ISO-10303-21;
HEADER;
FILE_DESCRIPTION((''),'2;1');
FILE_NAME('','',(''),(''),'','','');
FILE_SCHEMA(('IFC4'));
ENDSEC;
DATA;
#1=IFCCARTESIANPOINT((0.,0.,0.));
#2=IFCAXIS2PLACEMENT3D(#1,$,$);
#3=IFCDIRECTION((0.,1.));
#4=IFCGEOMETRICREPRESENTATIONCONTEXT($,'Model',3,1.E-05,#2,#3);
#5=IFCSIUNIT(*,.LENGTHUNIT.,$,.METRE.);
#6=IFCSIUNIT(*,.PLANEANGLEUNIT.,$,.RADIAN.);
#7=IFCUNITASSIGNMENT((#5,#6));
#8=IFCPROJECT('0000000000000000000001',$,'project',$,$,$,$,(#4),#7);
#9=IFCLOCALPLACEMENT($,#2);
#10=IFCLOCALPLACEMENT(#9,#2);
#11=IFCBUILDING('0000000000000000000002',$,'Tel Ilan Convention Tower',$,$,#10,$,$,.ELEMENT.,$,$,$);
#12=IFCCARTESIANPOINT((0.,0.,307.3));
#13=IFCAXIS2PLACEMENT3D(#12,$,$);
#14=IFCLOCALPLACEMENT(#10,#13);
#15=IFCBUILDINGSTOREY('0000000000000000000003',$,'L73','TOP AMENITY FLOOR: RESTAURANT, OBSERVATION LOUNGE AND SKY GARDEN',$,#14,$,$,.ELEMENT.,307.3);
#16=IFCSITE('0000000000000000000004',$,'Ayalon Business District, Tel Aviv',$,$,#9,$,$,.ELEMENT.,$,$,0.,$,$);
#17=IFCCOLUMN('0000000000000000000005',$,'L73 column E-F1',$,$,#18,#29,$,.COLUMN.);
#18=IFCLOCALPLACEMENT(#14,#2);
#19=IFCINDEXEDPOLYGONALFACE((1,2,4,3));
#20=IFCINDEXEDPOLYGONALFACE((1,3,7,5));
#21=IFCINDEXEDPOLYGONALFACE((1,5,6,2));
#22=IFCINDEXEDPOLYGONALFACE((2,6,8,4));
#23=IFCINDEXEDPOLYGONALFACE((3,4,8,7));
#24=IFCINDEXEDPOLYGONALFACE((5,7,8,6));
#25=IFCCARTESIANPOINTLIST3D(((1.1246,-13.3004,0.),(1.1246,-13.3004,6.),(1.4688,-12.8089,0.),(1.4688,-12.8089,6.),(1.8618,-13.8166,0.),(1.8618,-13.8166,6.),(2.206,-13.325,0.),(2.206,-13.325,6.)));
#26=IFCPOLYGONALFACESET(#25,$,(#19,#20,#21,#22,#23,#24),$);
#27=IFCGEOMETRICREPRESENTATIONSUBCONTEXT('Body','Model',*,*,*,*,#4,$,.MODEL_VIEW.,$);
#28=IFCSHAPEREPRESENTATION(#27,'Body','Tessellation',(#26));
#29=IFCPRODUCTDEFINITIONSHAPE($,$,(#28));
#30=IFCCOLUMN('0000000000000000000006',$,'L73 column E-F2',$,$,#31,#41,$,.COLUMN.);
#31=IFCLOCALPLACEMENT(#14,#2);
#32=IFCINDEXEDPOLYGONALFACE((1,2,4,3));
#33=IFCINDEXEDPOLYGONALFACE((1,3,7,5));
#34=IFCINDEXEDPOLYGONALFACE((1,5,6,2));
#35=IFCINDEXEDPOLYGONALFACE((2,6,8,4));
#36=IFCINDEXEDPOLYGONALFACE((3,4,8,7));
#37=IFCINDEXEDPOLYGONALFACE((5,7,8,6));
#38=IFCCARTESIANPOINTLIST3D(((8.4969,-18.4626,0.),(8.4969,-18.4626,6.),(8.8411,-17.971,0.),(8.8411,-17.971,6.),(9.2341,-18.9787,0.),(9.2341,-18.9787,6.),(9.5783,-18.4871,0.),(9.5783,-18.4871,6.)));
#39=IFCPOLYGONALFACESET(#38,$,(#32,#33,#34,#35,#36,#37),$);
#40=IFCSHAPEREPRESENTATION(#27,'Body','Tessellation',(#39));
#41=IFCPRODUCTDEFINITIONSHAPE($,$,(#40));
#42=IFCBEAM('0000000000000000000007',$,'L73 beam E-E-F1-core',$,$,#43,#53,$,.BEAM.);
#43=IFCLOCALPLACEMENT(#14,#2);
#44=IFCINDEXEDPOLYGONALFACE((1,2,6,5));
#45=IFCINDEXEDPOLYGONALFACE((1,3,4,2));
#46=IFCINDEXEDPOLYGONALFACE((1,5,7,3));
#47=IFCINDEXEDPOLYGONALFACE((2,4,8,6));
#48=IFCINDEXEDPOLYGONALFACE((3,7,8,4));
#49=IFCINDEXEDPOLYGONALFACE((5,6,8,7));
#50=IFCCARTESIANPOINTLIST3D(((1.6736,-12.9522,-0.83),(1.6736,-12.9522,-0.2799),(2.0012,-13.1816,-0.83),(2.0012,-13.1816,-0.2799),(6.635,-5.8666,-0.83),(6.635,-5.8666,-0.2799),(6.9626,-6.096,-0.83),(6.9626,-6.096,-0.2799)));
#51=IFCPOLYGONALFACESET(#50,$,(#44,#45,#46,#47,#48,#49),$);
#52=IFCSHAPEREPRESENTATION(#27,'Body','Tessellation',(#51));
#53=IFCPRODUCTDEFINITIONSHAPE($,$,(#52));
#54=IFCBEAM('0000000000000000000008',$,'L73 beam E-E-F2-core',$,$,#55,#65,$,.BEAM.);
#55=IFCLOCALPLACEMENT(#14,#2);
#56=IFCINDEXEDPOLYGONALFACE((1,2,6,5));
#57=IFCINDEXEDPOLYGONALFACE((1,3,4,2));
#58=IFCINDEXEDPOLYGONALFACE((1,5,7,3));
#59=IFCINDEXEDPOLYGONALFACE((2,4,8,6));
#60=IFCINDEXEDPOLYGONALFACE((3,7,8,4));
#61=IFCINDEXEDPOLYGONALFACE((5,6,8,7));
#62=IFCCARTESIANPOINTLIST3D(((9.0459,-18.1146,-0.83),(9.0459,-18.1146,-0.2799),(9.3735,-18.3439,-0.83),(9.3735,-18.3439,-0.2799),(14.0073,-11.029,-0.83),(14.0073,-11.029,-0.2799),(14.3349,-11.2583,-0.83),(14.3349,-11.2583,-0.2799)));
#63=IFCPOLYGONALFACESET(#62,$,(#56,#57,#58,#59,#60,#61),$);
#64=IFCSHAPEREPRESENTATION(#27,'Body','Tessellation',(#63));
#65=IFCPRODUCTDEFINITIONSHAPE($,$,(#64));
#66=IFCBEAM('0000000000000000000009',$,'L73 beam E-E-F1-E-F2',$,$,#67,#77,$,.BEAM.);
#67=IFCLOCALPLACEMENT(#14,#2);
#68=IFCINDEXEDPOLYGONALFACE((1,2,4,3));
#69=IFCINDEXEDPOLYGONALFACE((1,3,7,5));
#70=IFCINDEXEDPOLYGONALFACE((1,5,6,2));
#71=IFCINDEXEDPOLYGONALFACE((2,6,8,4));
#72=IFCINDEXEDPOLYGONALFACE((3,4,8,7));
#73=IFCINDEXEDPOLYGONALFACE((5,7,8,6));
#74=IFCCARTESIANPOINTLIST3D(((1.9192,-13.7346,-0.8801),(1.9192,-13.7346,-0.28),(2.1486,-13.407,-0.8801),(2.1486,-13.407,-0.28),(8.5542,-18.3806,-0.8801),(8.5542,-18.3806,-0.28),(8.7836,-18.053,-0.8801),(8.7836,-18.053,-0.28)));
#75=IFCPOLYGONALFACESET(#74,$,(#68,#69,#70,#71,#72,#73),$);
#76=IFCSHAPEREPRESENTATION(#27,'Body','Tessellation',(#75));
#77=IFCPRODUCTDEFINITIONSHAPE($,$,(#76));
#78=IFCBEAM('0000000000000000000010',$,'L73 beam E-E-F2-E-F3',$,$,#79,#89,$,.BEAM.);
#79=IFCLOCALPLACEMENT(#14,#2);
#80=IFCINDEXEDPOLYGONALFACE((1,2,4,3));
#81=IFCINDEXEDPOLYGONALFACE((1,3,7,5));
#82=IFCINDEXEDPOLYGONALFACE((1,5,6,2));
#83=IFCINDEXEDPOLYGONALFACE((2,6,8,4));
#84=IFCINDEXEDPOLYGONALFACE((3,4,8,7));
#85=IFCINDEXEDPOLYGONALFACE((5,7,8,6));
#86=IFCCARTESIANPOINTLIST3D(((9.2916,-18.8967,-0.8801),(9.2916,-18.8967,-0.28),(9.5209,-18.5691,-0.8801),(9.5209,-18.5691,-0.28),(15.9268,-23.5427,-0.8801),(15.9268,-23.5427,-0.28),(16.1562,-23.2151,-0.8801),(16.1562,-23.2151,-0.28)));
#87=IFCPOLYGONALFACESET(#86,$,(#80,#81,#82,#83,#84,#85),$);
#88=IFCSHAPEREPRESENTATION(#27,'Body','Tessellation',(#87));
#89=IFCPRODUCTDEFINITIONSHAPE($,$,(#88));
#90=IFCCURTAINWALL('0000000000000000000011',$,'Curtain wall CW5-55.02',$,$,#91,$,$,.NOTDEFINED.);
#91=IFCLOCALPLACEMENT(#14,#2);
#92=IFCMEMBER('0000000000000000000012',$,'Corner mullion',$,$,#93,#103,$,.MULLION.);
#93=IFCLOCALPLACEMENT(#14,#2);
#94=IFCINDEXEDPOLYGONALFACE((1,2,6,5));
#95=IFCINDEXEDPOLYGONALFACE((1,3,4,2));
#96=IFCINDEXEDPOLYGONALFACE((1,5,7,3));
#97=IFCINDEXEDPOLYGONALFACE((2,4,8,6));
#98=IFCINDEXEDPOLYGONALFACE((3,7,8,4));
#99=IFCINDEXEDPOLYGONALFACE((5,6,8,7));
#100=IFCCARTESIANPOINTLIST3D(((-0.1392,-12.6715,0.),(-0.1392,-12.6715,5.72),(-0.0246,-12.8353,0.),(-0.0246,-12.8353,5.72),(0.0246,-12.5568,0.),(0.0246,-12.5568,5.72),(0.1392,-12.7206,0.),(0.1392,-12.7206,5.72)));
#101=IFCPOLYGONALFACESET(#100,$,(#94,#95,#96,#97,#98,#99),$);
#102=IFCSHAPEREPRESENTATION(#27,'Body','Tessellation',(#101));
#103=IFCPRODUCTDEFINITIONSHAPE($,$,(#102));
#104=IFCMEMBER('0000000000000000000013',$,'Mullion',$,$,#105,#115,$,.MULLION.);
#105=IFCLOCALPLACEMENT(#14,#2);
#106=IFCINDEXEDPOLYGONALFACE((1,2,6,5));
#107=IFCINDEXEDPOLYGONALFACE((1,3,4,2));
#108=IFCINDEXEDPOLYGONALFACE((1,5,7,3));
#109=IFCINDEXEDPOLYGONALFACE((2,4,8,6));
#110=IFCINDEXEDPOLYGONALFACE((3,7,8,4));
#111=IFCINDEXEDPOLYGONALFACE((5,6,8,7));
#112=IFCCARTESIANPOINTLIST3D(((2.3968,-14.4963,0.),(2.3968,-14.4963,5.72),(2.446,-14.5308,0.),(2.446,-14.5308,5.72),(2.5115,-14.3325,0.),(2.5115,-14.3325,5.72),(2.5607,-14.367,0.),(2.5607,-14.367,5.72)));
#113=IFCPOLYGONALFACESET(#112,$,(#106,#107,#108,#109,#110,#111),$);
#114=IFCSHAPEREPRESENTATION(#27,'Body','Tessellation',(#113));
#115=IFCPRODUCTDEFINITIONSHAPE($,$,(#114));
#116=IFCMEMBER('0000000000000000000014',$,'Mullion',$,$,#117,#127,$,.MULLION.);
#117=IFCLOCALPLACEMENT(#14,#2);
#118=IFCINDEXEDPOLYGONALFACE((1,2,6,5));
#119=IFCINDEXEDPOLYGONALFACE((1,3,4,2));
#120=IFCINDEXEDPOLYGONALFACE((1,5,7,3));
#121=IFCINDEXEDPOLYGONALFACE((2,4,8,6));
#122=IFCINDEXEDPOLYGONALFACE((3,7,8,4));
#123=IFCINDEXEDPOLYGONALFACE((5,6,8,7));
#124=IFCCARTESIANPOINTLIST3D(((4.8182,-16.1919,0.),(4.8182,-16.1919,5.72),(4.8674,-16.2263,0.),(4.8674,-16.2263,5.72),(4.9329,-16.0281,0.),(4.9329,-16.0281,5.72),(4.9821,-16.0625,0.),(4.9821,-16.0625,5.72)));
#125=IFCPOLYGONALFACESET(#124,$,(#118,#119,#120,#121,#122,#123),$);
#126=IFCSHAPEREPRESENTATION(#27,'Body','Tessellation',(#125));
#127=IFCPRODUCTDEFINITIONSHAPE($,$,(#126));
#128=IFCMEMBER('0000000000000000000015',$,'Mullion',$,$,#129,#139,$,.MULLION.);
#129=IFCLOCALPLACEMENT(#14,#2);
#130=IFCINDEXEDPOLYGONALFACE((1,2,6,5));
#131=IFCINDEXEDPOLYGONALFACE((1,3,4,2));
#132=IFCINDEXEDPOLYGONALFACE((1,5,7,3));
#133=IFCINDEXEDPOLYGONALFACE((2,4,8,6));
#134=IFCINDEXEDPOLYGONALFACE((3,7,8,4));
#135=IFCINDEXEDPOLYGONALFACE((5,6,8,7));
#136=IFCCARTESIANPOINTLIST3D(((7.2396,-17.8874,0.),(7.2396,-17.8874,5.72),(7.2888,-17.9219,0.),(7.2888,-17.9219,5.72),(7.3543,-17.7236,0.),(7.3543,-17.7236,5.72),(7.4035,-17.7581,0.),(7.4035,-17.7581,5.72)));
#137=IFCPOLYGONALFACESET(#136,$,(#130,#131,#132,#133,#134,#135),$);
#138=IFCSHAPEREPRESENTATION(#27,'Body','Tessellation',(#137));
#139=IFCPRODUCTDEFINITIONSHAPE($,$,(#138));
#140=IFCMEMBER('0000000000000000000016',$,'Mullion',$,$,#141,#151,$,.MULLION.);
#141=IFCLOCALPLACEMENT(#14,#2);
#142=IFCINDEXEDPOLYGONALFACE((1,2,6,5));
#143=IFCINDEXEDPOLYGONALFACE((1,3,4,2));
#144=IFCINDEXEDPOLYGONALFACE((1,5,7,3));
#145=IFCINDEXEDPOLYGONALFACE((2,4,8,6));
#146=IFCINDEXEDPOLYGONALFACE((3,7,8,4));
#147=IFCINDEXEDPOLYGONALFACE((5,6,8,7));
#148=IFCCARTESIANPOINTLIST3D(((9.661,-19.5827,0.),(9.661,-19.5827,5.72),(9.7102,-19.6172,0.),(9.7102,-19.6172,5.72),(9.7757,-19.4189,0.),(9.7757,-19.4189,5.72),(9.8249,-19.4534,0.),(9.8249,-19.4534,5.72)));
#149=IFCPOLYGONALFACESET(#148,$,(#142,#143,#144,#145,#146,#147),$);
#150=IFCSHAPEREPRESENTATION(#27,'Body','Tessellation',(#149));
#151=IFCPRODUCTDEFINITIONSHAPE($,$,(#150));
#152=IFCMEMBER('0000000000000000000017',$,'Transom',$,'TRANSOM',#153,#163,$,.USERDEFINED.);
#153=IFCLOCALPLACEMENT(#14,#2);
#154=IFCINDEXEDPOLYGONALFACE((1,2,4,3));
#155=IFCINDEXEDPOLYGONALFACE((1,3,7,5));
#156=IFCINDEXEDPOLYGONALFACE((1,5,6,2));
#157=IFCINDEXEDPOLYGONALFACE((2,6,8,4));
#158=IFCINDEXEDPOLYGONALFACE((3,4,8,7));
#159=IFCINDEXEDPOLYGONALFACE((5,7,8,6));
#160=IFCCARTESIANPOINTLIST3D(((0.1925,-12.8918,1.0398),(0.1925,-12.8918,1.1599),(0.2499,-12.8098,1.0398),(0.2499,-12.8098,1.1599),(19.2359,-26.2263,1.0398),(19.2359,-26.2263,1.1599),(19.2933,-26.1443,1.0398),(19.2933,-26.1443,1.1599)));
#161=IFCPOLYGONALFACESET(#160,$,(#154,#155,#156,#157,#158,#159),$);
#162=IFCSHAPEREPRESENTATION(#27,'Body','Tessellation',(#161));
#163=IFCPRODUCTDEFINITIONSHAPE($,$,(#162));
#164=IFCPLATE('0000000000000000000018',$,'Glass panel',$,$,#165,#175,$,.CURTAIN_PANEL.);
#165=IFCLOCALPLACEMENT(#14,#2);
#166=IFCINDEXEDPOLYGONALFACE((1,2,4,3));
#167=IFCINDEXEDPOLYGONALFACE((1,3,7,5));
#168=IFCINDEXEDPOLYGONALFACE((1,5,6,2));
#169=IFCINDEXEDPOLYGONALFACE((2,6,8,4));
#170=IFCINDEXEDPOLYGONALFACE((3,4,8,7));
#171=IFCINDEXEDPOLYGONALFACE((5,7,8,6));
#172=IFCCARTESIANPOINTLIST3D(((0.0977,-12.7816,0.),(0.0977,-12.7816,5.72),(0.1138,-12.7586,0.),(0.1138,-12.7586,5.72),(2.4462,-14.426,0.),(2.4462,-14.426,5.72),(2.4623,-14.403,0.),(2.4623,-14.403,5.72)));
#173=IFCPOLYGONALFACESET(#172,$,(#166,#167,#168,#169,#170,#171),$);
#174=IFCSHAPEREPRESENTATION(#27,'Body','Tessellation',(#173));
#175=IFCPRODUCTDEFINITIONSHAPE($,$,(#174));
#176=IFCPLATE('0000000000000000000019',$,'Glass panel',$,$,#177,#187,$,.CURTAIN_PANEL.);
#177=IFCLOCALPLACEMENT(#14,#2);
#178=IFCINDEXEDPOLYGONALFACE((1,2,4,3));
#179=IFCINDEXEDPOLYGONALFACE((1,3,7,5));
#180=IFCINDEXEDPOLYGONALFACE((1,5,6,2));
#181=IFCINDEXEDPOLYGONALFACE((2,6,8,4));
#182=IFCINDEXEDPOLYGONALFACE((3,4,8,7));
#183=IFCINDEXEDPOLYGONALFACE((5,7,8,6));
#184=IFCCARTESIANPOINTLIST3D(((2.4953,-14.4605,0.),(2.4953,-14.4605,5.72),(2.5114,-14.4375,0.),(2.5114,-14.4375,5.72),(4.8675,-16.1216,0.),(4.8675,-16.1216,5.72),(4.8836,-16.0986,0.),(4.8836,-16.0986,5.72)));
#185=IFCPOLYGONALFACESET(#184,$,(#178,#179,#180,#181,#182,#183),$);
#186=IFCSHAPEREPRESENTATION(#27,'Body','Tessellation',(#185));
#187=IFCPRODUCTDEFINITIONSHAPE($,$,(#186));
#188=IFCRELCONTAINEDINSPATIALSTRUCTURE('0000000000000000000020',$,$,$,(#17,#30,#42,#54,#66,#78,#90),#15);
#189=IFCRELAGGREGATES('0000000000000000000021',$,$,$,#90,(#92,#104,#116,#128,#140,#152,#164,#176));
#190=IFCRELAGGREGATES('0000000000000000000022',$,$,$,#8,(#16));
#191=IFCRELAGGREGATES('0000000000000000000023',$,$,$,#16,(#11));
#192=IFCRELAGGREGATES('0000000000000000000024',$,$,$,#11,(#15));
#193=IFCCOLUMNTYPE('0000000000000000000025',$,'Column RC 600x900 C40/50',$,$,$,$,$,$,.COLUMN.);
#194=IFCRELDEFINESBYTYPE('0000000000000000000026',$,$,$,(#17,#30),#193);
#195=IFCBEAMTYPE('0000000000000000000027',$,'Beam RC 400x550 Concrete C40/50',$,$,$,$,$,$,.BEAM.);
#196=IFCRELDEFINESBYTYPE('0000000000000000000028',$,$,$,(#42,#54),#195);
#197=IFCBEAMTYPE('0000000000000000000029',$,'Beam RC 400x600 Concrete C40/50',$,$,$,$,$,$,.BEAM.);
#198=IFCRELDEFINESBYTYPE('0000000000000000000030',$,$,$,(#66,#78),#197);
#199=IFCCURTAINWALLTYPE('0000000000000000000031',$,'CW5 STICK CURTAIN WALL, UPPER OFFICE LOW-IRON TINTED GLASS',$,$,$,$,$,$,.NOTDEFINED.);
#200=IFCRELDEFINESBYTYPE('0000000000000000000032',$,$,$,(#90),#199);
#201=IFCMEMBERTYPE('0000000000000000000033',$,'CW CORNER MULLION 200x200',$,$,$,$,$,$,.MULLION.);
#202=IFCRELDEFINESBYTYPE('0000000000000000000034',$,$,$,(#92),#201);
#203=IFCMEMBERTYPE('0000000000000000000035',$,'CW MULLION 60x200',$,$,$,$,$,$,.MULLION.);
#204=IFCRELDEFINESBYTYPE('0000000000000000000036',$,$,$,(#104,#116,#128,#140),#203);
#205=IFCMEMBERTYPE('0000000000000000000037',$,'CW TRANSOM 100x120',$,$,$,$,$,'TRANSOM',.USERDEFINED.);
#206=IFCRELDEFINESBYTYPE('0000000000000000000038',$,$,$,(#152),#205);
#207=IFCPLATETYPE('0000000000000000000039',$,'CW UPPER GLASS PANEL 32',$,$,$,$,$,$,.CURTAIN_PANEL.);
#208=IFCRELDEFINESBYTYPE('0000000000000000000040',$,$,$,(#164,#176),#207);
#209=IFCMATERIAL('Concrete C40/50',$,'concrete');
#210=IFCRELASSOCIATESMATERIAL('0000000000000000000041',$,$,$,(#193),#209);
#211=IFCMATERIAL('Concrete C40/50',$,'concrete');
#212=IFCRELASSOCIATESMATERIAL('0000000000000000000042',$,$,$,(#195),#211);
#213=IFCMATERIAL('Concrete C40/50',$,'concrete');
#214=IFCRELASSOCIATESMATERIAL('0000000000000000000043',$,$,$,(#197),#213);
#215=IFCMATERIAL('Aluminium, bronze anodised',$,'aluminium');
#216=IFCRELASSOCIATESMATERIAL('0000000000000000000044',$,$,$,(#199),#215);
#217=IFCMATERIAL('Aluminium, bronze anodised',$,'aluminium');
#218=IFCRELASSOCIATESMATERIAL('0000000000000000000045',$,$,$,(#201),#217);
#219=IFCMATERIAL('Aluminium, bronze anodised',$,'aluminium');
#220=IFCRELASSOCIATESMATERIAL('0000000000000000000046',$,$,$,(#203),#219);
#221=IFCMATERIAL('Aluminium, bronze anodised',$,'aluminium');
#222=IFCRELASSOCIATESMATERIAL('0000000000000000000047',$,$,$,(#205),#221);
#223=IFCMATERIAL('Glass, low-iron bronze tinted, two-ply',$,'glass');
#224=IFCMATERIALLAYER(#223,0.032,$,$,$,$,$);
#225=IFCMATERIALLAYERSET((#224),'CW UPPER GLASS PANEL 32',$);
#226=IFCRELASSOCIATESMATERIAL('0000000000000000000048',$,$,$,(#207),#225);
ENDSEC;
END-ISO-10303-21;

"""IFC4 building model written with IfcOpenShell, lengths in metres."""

from ifc_helpers import new_model, si_unit, direction, frame, origin, origin_2d, place, context, subcontext, project, spatial, rectangle, extrude, material, layer, layer_set, material_profile, profile_set, type_object, element, aggregate, save


model = new_model("IFC4")

# Units and contexts
model_context = context("Model", 3, precision=1e-05, world=origin(), true_north=direction((0.0, 1.0)))
body_context = subcontext(model_context, "Body", "Model", "MODEL_VIEW")
ifc_project = project(units=[si_unit("LENGTHUNIT", "METRE"), si_unit("PLANEANGLEUNIT", "RADIAN")], contexts=[model_context])

# Site, building, storey
site_placement = place(None, origin())
site = spatial("IfcSite", under=ifc_project, at=site_placement, Name="Ayalon Business District, Tel Aviv", CompositionType="ELEMENT", RefElevation=0.0)
building_placement = place(site_placement, origin())
building = spatial("IfcBuilding", under=site, at=building_placement, Name="Tel Ilan Convention Tower", CompositionType="ELEMENT")
storey_placement = place(building_placement, frame((0.0, 0.0, 307.3)))
storey = spatial("IfcBuildingStorey", under=building, at=storey_placement, Name="L73", Description="TOP AMENITY FLOOR: RESTAURANT, OBSERVATION LOUNGE AND SKY GARDEN", CompositionType="ELEMENT", Elevation=307.3)

# Columns
ifc_material_1 = material(Name="Concrete C40/50", Category="concrete")
ifc_material_profile_1 = material_profile(ifc_material_1, rectangle(XDim=0.8999, YDim=0.6001, at=origin_2d()), Name="RC 600x900")
ifc_profile_set_1 = profile_set([ifc_material_profile_1], Name="Concrete C40/50")
column_type = type_object("IfcColumnType", Name="Column RC 600x900 C40/50", PredefinedType="COLUMN", material=ifc_profile_set_1)
for number, where, z_axis, x_axis, name in (
    (1, (1.6653, -13.3127, 0.0), (0.0, 0.0, 1.0), (0.819152, -0.573576, 0.0), "L73 column E-F1"),
    (2, (9.0376, -18.4749, 0.0), (0.0, 0.0, 1.0), (0.819152, -0.573576, 0.0), "L73 column E-F2"),
):
    element("IfcColumn", number, at=place(storey_placement, frame(where, z_axis=z_axis, x_axis=x_axis)), inside=storey, type_object=column_type, Name=name, PredefinedType="COLUMN", context=body_context, shape_type="SweptSolid", body=[
        extrude(rectangle(XDim=0.8999, YDim=0.6001, at=origin_2d()), origin(), (0.0, 0.0, 1.0), 6.0),
    ])

# Beams
ifc_material_2 = material(Name="Concrete C40/50", Category="concrete")
ifc_material_profile_2 = material_profile(ifc_material_2, rectangle(XDim=0.3999, YDim=0.55, at=origin_2d()), Name="RC 400x550")
ifc_profile_set_2 = profile_set([ifc_material_profile_2], Name="Concrete C40/50")
beam_type_1 = type_object("IfcBeamType", Name="Beam RC 400x550 Concrete C40/50", PredefinedType="BEAM", material=ifc_profile_set_2)
for number, where, z_axis, x_axis, name in (
    (3, (1.8374, -13.0669, -0.5549), (0.573574, 0.819154, 0.0), (-0.819154, 0.573574, 0.0), "L73 beam E-E-F1-core"),
    (4, (9.2097, -18.2292, -0.5549), (0.573574, 0.819154, 0.0), (-0.819154, 0.573574, 0.0), "L73 beam E-E-F2-core"),
):
    element("IfcBeam", number, at=place(storey_placement, frame(where, z_axis=z_axis, x_axis=x_axis)), inside=storey, type_object=beam_type_1, Name=name, PredefinedType="BEAM", context=body_context, shape_type="SweptSolid", body=[
        extrude(rectangle(XDim=0.3999, YDim=0.55, at=origin_2d()), origin(), (0.0, 0.0, 1.0), 8.6499),
    ])
ifc_material_3 = material(Name="Concrete C40/50", Category="concrete")
ifc_material_profile_3 = material_profile(ifc_material_3, rectangle(XDim=0.3999, YDim=0.6001, at=origin_2d()), Name="RC 400x600")
ifc_profile_set_3 = profile_set([ifc_material_profile_3], Name="Concrete C40/50")
beam_type_2 = type_object("IfcBeamType", Name="Beam RC 400x600 Concrete C40/50", PredefinedType="BEAM", material=ifc_profile_set_3)
beam_1_placement = place(storey_placement, frame((2.0339, -13.5708, -0.5801), z_axis=(0.819146, -0.573586, 0.0), x_axis=(0.573586, 0.819146, 0.0)))
element("IfcBeam", 5, at=beam_1_placement, inside=storey, type_object=beam_type_2, Name="L73 beam E-E-F1-E-F2", PredefinedType="BEAM", context=body_context, shape_type="SweptSolid", body=[
    extrude(rectangle(XDim=0.3999, YDim=0.6001, at=origin_2d()), origin(), (0.0, 0.0, 1.0), 8.0999),
])
beam_2_placement = place(storey_placement, frame((9.4062, -18.7329, -0.5801), z_axis=(0.819155, -0.573572, 0.0), x_axis=(0.573572, 0.819155, 0.0)))
element("IfcBeam", 6, at=beam_2_placement, inside=storey, type_object=beam_type_2, Name="L73 beam E-E-F2-E-F3", PredefinedType="BEAM", context=body_context, shape_type="SweptSolid", body=[
    extrude(rectangle(XDim=0.3999, YDim=0.6001, at=origin_2d()), origin(), (0.0, 0.0, 1.0), 8.1001),
])

# Curtain wall, members, plates
ifc_material_4 = material(Name="Aluminium, bronze anodised", Category="aluminium")
curtain_wall_type = type_object("IfcCurtainWallType", Name="CW5 STICK CURTAIN WALL, UPPER OFFICE LOW-IRON TINTED GLASS", PredefinedType="NOTDEFINED", material=ifc_material_4)
curtain_wall_placement = place(storey_placement, origin())
curtain_wall = element("IfcCurtainWall", 7, at=curtain_wall_placement, inside=storey, type_object=curtain_wall_type, Name="Curtain wall CW5-55.02", PredefinedType="NOTDEFINED")
ifc_material_5 = material(Name="Aluminium, bronze anodised", Category="aluminium")
ifc_material_profile_4 = material_profile(ifc_material_5, rectangle(XDim=0.2, YDim=0.2, at=origin_2d()), Name="CW CORNER MULLION 200x200")
ifc_profile_set_4 = profile_set([ifc_material_profile_4], Name="Aluminium, bronze anodised")
member_type_1 = type_object("IfcMemberType", Name="CW CORNER MULLION 200x200", PredefinedType="MULLION", material=ifc_profile_set_4)
member_1_placement = place(storey_placement, frame((0.0, -12.696, 0.0), z_axis=(0.0, 0.0, 1.0), x_axis=(0.819152, 0.573576, 0.0)))
member_1 = element("IfcMember", 8, at=member_1_placement, type_object=member_type_1, Name="Corner mullion", PredefinedType="MULLION", context=body_context, shape_type="SweptSolid", body=[
    extrude(rectangle(XDim=0.2, YDim=0.2, at=origin_2d()), origin(), (0.0, 0.0, 1.0), 5.72),
])
ifc_material_6 = material(Name="Aluminium, bronze anodised", Category="aluminium")
ifc_material_profile_5 = material_profile(ifc_material_6, rectangle(XDim=0.0601, YDim=0.2, at=origin_2d()), Name="CW MULLION 60x200")
ifc_profile_set_5 = profile_set([ifc_material_profile_5], Name="Aluminium, bronze anodised")
member_type_2 = type_object("IfcMemberType", Name="CW MULLION 60x200", PredefinedType="MULLION", material=ifc_profile_set_5)
member_2_placement = place(storey_placement, frame((2.4788, -14.4316, 0.0), z_axis=(0.0, 0.0, 1.0), x_axis=(0.819152, -0.573576, 0.0)))
member_2 = element("IfcMember", 9, at=member_2_placement, type_object=member_type_2, Name="Mullion", PredefinedType="MULLION", context=body_context, shape_type="SweptSolid", body=[
    extrude(rectangle(XDim=0.0601, YDim=0.2, at=origin_2d()), origin(), (0.0, 0.0, 1.0), 5.72),
])
member_3_placement = place(storey_placement, frame((4.9001, -16.1272, 0.0), z_axis=(0.0, 0.0, 1.0), x_axis=(0.819152, -0.573576, 0.0)))
member_3 = element("IfcMember", 10, at=member_3_placement, type_object=member_type_2, Name="Mullion", PredefinedType="MULLION", context=body_context, shape_type="SweptSolid", body=[
    extrude(rectangle(XDim=0.0601, YDim=0.2, at=origin_2d()), origin(), (0.0, 0.0, 1.0), 5.72),
])
member_4_placement = place(storey_placement, frame((7.3215, -17.8228, 0.0), z_axis=(0.0, 0.0, 1.0), x_axis=(0.819152, -0.573576, 0.0)))
member_4 = element("IfcMember", 11, at=member_4_placement, type_object=member_type_2, Name="Mullion", PredefinedType="MULLION", context=body_context, shape_type="SweptSolid", body=[
    extrude(rectangle(XDim=0.0601, YDim=0.2, at=origin_2d()), origin(), (0.0, 0.0, 1.0), 5.72),
])
member_5_placement = place(storey_placement, frame((9.7429, -19.5181, 0.0), z_axis=(0.0, 0.0, 1.0), x_axis=(0.819152, -0.573576, 0.0)))
member_5 = element("IfcMember", 12, at=member_5_placement, type_object=member_type_2, Name="Mullion", PredefinedType="MULLION", context=body_context, shape_type="SweptSolid", body=[
    extrude(rectangle(XDim=0.0601, YDim=0.2, at=origin_2d()), origin(), (0.0, 0.0, 1.0), 5.72),
])
ifc_material_7 = material(Name="Aluminium, bronze anodised", Category="aluminium")
ifc_material_profile_6 = material_profile(ifc_material_7, rectangle(XDim=0.1001, YDim=0.1201, at=origin_2d()), Name="CW TRANSOM 100x120")
ifc_profile_set_6 = profile_set([ifc_material_profile_6], Name="Aluminium, bronze anodised")
member_type_3 = type_object("IfcMemberType", Name="CW TRANSOM 100x120", ElementType="TRANSOM", PredefinedType="USERDEFINED", material=ifc_profile_set_6)
member_6_placement = place(storey_placement, frame((0.2212, -12.8508, 1.0999), z_axis=(0.81915, -0.573579, 0.0), x_axis=(0.573579, 0.81915, 0.0)))
member_6 = element("IfcMember", 13, at=member_6_placement, type_object=member_type_3, Name="Transom", ObjectType="TRANSOM", PredefinedType="USERDEFINED", context=body_context, shape_type="SweptSolid", body=[
    extrude(rectangle(XDim=0.1001, YDim=0.1201, at=origin_2d()), origin(), (0.0, 0.0, 1.0), 23.2478),
])
ifc_material_8 = material(Name="Glass, low-iron bronze tinted, two-ply", Category="glass")
ifc_layer_1 = layer(ifc_material_8, 0.032)
ifc_layer_set_1 = layer_set([ifc_layer_1], Name="CW UPPER GLASS PANEL 32")
plate_type = type_object("IfcPlateType", Name="CW UPPER GLASS PANEL 32", PredefinedType="CURTAIN_PANEL", material=ifc_layer_set_1)
plate_1_placement = place(storey_placement, frame((1.28, -13.5923, 0.0), z_axis=(0.0, 0.0, 1.0), x_axis=(0.819152, -0.573576, 0.0)))
plate_1 = element("IfcPlate", 14, at=plate_1_placement, type_object=plate_type, Name="Glass panel", PredefinedType="CURTAIN_PANEL", context=body_context, shape_type="SweptSolid", body=[
    extrude(rectangle(XDim=2.8669, YDim=0.0281, at=origin_2d()), origin(), (0.0, 0.0, 1.0), 5.72),
])
plate_2_placement = place(storey_placement, frame((3.6895, -15.2795, 0.0), z_axis=(0.0, 0.0, 1.0), x_axis=(0.819152, -0.573576, 0.0)))
plate_2 = element("IfcPlate", 15, at=plate_2_placement, type_object=plate_type, Name="Glass panel", PredefinedType="CURTAIN_PANEL", context=body_context, shape_type="SweptSolid", body=[
    extrude(rectangle(XDim=2.896, YDim=0.0281, at=origin_2d()), origin(), (0.0, 0.0, 1.0), 5.72),
])
aggregate(curtain_wall, [member_1, member_2, member_3, member_4, member_5, member_6, plate_1, plate_2])

save(model, "model.ifc")
